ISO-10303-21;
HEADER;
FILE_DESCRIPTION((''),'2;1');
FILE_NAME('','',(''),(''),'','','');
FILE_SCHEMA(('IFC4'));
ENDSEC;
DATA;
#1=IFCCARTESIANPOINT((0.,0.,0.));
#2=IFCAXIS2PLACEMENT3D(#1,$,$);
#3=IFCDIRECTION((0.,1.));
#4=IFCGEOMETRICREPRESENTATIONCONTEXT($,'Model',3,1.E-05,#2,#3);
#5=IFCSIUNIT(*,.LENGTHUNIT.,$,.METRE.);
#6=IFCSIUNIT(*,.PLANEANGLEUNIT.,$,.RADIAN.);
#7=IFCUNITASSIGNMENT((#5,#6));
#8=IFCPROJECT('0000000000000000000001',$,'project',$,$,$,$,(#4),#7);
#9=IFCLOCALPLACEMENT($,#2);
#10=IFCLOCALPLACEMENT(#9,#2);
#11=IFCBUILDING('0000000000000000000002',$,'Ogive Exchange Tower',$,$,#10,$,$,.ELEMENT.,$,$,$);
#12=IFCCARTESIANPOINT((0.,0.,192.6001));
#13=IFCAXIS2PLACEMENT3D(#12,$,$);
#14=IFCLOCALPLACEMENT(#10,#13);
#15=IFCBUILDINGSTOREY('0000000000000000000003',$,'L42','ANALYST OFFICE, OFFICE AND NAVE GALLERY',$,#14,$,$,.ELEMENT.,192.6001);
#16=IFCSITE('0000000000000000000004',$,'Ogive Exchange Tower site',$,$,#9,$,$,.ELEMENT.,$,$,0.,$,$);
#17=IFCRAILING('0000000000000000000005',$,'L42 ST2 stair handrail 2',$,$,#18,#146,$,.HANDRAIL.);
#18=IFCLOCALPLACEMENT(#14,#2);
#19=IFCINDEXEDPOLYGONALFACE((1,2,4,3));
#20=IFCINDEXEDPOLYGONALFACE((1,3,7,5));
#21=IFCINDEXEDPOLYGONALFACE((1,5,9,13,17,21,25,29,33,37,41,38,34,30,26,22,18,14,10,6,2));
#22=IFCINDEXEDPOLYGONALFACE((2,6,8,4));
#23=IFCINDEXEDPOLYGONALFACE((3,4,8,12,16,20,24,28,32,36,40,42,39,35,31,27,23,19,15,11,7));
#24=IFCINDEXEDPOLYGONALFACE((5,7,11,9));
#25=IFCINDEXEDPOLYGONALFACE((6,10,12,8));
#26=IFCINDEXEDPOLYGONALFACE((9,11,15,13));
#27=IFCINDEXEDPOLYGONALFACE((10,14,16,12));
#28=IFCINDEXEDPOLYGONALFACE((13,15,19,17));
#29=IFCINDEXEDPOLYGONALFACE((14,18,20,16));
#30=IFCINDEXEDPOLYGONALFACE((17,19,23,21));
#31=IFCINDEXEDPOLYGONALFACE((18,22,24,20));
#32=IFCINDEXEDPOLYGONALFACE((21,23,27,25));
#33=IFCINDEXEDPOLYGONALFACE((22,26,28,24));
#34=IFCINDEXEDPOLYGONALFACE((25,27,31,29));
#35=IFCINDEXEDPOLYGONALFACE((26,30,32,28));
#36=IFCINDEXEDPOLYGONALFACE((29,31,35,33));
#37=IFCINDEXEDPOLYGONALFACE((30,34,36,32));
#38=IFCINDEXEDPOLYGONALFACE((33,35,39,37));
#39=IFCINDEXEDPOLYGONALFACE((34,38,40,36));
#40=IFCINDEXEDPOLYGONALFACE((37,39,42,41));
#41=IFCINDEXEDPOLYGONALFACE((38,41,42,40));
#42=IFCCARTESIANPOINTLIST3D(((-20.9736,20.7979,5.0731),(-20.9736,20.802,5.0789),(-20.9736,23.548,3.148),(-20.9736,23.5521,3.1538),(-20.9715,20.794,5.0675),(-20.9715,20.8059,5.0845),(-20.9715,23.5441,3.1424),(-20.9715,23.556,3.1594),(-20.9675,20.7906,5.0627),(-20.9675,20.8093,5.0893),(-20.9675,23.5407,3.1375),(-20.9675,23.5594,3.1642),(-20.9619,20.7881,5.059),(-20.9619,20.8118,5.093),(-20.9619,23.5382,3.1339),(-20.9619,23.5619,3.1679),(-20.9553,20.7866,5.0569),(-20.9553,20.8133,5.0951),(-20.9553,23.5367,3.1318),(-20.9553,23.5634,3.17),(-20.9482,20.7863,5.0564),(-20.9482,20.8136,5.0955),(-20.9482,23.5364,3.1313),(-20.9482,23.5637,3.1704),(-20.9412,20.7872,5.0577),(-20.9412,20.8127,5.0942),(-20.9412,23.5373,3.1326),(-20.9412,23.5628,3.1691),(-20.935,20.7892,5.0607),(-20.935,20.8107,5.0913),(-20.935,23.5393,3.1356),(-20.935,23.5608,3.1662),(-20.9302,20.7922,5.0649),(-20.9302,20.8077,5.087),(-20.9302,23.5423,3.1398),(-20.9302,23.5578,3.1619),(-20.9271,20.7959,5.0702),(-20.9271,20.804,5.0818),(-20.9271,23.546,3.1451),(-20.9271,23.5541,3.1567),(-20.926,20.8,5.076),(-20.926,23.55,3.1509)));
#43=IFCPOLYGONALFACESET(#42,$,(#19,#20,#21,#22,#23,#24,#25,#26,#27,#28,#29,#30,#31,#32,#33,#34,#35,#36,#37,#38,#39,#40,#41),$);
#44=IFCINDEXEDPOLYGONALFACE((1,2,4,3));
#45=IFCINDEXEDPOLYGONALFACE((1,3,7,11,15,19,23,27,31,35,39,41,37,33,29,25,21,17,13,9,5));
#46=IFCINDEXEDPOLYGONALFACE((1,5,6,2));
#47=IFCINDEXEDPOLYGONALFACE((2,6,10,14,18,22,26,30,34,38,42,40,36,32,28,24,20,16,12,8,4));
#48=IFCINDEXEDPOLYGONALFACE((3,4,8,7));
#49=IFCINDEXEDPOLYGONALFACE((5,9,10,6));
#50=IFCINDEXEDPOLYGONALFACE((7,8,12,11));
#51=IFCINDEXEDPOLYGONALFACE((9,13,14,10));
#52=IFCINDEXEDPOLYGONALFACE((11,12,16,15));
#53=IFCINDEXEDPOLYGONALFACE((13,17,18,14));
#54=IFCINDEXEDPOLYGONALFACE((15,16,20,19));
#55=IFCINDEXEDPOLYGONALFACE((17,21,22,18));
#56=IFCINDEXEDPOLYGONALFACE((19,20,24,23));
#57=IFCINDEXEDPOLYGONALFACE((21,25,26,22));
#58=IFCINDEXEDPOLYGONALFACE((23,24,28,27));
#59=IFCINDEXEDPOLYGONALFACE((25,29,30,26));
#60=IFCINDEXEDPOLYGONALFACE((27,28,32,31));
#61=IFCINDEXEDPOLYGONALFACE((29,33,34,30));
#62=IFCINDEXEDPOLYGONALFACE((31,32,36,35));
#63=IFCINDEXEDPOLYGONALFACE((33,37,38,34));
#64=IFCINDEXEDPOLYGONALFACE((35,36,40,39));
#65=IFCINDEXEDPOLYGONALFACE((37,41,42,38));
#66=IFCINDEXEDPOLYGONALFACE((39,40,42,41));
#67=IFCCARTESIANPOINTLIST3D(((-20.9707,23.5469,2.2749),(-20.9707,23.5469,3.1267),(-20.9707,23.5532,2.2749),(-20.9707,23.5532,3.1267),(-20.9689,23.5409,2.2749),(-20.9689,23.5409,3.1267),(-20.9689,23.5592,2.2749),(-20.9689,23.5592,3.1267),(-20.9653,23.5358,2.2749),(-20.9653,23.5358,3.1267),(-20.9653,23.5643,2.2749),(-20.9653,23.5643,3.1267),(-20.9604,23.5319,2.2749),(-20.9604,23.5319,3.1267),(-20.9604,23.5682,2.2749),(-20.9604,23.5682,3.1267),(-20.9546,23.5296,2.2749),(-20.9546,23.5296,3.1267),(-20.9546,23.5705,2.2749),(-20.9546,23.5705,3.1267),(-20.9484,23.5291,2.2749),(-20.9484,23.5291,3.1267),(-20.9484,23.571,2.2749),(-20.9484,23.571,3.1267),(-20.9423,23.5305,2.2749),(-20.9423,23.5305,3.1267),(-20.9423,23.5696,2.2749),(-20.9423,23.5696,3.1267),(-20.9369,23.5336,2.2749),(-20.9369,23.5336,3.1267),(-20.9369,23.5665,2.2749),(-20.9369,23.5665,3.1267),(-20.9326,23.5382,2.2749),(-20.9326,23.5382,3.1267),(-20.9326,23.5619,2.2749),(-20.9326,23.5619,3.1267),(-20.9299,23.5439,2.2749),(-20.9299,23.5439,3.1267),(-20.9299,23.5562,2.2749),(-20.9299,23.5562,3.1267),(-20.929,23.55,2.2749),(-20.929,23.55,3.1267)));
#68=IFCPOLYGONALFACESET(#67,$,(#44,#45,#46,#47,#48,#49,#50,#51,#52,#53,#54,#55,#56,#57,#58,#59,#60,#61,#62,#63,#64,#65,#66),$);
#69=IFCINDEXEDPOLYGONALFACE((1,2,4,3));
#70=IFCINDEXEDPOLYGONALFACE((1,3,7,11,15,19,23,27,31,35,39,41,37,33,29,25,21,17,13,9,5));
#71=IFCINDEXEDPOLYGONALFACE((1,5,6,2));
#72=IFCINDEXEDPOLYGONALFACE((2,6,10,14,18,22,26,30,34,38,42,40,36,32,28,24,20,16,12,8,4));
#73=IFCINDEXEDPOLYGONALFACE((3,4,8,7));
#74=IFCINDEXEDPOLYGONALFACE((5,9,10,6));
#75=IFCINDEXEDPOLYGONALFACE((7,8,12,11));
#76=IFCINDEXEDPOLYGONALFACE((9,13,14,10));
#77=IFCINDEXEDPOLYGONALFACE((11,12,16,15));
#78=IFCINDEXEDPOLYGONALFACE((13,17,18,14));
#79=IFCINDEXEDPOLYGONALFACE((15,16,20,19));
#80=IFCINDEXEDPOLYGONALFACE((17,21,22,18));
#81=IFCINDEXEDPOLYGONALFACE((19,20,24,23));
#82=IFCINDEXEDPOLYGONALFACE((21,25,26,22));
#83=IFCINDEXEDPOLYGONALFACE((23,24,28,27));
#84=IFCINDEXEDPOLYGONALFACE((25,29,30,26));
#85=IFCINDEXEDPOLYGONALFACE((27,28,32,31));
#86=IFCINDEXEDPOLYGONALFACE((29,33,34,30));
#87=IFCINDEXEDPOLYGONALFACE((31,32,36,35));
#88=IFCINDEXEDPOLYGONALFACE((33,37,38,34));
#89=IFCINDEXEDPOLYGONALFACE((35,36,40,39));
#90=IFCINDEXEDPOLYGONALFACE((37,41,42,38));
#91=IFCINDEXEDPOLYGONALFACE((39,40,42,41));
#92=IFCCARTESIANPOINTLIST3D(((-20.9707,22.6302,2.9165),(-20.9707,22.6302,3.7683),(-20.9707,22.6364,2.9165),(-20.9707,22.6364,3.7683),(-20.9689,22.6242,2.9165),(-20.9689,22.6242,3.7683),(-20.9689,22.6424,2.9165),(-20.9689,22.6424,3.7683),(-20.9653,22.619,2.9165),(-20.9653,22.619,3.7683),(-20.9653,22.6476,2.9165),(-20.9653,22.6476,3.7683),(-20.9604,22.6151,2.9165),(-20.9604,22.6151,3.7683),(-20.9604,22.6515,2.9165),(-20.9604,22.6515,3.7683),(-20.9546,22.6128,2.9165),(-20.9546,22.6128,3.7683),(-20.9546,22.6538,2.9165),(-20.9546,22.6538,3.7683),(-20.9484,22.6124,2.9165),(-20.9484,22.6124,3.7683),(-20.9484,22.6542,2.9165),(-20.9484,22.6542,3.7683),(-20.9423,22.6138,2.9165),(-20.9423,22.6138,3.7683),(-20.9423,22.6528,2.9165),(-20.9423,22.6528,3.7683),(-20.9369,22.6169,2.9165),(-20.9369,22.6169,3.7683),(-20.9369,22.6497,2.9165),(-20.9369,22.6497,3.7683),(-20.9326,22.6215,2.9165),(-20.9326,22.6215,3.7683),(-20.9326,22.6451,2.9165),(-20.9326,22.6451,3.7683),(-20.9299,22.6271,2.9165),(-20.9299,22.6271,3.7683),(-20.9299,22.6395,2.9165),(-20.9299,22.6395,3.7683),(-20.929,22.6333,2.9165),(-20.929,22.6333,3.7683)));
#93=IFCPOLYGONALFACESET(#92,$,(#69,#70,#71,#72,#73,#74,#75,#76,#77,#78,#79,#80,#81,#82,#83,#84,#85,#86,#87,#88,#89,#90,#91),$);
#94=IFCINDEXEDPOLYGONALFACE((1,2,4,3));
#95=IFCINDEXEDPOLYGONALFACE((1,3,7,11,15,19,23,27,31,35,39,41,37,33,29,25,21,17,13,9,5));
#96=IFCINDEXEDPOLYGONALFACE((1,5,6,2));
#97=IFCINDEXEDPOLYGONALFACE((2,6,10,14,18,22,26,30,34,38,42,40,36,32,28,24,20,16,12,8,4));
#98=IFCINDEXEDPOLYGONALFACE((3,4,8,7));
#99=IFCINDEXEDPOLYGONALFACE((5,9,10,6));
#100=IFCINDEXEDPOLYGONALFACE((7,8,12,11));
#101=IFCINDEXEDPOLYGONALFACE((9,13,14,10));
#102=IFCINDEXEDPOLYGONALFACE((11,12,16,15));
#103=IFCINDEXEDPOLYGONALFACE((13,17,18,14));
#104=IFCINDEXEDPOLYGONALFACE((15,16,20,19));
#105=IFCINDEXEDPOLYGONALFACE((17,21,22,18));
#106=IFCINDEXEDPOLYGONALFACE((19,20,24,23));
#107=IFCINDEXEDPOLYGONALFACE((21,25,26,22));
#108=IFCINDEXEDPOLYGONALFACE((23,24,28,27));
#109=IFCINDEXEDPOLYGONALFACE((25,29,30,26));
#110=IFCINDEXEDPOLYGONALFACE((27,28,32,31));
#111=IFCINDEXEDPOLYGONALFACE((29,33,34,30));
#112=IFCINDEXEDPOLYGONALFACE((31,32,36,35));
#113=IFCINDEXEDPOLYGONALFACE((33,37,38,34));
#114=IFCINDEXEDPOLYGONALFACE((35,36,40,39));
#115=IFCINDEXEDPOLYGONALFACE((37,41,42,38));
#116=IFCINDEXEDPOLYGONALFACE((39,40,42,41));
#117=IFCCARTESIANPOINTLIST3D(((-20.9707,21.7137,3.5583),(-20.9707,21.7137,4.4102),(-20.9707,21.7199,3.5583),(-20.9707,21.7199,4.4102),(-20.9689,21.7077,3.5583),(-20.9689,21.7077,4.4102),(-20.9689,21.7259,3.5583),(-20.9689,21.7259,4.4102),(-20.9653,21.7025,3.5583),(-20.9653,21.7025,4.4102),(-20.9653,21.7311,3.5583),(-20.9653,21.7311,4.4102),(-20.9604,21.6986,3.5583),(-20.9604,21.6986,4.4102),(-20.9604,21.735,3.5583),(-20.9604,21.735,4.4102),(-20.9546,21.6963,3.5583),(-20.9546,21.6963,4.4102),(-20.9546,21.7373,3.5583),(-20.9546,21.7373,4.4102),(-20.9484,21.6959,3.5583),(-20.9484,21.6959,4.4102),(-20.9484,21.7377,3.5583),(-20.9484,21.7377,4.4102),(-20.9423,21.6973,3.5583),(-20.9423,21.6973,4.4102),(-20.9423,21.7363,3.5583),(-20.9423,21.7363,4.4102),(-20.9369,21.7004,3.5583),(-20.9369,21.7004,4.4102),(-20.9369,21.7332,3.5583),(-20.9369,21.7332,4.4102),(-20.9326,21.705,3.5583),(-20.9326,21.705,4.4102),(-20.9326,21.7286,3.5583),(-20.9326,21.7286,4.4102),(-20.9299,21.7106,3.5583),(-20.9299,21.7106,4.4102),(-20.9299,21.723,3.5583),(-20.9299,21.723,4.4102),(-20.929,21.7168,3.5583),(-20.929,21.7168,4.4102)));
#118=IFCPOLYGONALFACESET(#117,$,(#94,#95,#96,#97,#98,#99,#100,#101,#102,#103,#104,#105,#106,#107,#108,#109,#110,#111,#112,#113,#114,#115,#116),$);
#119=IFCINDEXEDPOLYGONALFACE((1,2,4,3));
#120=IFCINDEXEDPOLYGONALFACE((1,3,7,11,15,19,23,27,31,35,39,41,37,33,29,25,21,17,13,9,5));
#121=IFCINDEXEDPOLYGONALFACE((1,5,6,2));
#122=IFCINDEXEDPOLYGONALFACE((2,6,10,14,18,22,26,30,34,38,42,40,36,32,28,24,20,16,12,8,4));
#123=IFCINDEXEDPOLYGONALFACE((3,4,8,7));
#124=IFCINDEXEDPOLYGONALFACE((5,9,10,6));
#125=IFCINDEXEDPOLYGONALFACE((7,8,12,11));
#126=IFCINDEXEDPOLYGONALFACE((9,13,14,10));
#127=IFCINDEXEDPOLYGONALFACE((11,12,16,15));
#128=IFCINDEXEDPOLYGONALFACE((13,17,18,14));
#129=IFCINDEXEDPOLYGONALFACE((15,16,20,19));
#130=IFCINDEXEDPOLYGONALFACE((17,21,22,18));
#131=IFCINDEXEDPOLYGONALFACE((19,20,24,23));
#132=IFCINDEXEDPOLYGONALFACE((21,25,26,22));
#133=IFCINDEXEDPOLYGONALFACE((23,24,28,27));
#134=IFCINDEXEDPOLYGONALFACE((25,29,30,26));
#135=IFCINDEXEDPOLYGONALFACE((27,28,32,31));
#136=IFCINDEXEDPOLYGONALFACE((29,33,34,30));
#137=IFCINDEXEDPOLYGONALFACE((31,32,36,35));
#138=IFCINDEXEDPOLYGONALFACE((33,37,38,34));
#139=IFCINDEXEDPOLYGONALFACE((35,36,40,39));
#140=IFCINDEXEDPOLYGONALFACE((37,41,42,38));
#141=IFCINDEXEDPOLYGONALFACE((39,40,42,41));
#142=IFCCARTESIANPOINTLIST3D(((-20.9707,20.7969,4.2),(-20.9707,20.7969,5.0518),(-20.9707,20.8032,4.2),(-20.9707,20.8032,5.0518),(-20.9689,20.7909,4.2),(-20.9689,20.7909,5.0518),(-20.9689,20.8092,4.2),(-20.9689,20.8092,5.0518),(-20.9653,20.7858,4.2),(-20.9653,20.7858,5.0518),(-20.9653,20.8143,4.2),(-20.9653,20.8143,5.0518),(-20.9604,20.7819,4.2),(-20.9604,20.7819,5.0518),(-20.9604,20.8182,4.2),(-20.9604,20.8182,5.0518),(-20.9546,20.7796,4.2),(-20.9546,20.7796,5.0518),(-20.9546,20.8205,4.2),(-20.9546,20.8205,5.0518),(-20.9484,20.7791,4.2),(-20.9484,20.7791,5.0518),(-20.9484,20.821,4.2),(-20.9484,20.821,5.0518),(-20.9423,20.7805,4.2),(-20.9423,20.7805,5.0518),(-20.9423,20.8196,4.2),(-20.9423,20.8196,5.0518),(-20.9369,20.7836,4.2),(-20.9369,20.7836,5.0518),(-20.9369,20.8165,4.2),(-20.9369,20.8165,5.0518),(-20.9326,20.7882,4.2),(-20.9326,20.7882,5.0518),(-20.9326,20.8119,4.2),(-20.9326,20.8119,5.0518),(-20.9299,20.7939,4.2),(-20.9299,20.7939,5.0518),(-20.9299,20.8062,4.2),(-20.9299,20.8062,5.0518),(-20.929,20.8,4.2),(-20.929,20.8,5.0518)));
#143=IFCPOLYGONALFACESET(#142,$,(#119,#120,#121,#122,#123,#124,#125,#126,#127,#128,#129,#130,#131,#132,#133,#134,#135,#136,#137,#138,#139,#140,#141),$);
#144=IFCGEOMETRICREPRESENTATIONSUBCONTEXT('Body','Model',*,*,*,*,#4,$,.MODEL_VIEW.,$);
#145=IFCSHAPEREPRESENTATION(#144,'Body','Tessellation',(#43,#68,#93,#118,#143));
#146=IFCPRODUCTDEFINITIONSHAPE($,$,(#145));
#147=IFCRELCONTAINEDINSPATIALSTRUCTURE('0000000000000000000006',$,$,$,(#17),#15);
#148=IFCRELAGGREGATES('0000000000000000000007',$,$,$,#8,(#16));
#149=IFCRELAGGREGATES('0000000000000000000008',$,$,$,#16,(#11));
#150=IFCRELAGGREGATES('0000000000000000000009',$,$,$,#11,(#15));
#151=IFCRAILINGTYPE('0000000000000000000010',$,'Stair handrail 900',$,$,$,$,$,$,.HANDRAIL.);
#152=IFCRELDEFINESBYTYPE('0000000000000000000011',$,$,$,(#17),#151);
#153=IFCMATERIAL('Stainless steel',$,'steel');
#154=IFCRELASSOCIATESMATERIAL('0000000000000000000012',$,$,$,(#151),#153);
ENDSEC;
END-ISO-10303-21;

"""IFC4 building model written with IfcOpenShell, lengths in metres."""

from ifc_helpers import new_model, si_unit, direction, frame, origin, origin_2d, place, context, subcontext, project, spatial, circle, extrude, material, type_object, element, save


model = new_model("IFC4")

# Units and contexts
model_context = context("Model", 3, precision=1e-05, world=origin(), true_north=direction((0.0, 1.0)))
body_context = subcontext(model_context, "Body", "Model", "MODEL_VIEW")
ifc_project = project(units=[si_unit("LENGTHUNIT", "METRE"), si_unit("PLANEANGLEUNIT", "RADIAN")], contexts=[model_context])

# Site, building, storey
site_placement = place(None, origin())
site = spatial("IfcSite", under=ifc_project, at=site_placement, Name="Ogive Exchange Tower site", CompositionType="ELEMENT", RefElevation=0.0)
building_placement = place(site_placement, origin())
building = spatial("IfcBuilding", under=site, at=building_placement, Name="Ogive Exchange Tower", CompositionType="ELEMENT")
storey_placement = place(building_placement, frame((0.0, 0.0, 192.6001)))
storey = spatial("IfcBuildingStorey", under=building, at=storey_placement, Name="L42", Description="ANALYST OFFICE, OFFICE AND NAVE GALLERY", CompositionType="ELEMENT", Elevation=192.6001)

# Railing
ifc_material_1 = material(Name="Stainless steel", Category="steel")
railing_type = type_object("IfcRailingType", Name="Stair handrail 900", PredefinedType="HANDRAIL", material=ifc_material_1)
railing_placement = place(storey_placement, frame((-20.95, 23.55, 2.2749)))
element("IfcRailing", 1, at=railing_placement, inside=storey, type_object=railing_type, Name="L42 ST2 stair handrail 2", PredefinedType="HANDRAIL", context=body_context, shape_type="SweptSolid", body=[
    extrude(circle(Radius=0.0239, at=origin_2d()), frame((0.0, 0.0, 0.876), z_axis=(0.0, -0.819225, 0.573472), x_axis=(1.0, 0.0, 0.0)), (0.0, 0.0, 1.0), 3.3569),
    extrude(circle(Radius=0.021, at=origin_2d()), origin(), (0.0, 0.0, 1.0), 0.8518),
    extrude(circle(Radius=0.021, at=origin_2d()), frame((0.0, -0.9167, 0.6416)), (0.0, 0.0, 1.0), 0.8518),
    extrude(circle(Radius=0.021, at=origin_2d()), frame((0.0, -1.8333, 1.2834)), (0.0, 0.0, 1.0), 0.8518),
    extrude(circle(Radius=0.021, at=origin_2d()), frame((0.0, -2.75, 1.925)), (0.0, 0.0, 1.0), 0.8518),
])

save(model, "model.ifc")
